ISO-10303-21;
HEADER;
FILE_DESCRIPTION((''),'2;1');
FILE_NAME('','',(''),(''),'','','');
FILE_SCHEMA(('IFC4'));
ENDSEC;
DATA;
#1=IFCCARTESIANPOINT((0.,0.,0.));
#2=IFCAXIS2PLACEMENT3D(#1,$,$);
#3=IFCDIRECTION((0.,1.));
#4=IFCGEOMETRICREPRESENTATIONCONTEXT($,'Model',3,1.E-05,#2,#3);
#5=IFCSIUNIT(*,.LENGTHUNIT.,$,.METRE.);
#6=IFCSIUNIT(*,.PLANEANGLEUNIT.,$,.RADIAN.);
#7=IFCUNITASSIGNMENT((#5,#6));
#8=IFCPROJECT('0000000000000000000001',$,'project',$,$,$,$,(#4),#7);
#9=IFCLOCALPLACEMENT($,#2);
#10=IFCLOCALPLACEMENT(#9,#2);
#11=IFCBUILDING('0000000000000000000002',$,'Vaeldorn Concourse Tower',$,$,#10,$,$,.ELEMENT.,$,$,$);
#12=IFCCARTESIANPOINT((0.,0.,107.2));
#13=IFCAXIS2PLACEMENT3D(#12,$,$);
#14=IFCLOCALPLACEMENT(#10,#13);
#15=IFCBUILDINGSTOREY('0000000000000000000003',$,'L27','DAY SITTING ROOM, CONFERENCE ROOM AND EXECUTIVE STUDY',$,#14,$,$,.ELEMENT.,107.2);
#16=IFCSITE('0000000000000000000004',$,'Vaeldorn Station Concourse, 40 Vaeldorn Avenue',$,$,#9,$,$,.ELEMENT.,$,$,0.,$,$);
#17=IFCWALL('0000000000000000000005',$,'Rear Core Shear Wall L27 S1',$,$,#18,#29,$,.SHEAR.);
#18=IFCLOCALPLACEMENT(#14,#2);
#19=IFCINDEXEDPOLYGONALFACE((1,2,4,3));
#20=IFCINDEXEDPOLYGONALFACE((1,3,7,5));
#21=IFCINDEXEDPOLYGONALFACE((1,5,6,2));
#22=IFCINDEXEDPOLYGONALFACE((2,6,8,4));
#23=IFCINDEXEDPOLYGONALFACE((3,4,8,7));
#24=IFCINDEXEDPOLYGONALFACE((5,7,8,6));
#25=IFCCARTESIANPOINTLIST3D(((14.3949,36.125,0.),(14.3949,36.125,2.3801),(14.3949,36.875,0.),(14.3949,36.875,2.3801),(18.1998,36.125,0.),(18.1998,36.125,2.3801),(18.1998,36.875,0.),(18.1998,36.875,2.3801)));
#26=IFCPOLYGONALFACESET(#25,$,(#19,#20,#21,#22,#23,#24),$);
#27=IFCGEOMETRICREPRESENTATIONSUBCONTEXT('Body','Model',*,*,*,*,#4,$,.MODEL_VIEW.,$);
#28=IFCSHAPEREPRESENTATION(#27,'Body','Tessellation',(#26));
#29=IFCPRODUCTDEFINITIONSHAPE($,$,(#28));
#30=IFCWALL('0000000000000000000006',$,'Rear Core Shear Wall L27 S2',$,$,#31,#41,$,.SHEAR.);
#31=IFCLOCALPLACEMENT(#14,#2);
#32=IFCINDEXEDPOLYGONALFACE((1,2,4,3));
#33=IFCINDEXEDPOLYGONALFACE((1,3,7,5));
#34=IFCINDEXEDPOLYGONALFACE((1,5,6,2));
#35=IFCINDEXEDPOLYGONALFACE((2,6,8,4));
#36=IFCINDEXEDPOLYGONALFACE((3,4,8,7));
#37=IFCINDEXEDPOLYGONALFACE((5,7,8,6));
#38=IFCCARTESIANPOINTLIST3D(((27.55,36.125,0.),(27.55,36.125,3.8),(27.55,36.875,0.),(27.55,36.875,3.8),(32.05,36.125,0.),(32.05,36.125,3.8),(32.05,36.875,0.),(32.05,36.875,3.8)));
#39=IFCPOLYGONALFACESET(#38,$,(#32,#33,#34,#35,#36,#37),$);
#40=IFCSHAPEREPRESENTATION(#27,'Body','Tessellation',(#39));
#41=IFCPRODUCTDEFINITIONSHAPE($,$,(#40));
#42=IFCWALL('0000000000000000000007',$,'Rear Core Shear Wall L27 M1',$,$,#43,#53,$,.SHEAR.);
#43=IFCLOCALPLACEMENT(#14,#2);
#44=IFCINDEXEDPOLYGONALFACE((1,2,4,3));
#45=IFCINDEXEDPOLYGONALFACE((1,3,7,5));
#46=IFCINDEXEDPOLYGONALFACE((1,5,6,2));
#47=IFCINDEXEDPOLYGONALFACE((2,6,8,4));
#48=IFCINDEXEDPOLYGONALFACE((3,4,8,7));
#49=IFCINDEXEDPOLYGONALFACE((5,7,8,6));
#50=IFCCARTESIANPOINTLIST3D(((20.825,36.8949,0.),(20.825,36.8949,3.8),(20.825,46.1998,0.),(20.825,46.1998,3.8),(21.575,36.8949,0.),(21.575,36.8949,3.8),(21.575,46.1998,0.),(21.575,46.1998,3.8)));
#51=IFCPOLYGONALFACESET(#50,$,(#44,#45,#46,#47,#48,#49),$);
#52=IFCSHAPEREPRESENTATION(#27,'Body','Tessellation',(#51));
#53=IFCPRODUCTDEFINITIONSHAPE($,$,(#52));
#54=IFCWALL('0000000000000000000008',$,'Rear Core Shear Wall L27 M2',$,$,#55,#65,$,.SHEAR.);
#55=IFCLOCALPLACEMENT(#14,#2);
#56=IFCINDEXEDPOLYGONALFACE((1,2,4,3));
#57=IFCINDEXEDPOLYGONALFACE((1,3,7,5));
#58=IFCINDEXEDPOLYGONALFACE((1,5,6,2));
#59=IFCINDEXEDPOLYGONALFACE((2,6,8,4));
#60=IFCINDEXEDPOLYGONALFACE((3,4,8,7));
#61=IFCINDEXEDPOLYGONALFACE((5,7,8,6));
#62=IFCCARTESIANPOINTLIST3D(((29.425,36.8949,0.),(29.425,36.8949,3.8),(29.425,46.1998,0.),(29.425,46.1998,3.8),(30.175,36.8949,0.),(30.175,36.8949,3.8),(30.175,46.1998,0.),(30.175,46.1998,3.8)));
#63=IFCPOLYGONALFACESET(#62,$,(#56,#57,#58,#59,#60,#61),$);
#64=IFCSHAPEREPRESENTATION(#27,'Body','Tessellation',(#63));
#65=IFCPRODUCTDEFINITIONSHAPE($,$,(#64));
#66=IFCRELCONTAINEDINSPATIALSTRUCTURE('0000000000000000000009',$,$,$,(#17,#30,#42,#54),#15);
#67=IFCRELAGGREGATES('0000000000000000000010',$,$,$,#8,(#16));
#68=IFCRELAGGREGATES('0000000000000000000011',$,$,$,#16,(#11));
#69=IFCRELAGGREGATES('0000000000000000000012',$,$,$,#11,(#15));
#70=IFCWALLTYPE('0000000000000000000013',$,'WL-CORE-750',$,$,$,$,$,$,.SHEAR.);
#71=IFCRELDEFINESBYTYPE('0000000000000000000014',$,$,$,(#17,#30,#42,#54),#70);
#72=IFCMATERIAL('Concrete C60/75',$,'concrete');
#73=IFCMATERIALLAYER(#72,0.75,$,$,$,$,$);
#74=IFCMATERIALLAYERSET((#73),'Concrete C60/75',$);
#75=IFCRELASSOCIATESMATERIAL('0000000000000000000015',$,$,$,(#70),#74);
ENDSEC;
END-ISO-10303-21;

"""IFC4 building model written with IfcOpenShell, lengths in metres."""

from ifc_helpers import new_model, si_unit, direction, frame, frame_2d, origin, place, context, subcontext, project, spatial, rectangle, extrude, material, layer, layer_set, type_object, element, save


model = new_model("IFC4")

# Units and contexts
model_context = context("Model", 3, precision=1e-05, world=origin(), true_north=direction((0.0, 1.0)))
body_context = subcontext(model_context, "Body", "Model", "MODEL_VIEW")
ifc_project = project(units=[si_unit("LENGTHUNIT", "METRE"), si_unit("PLANEANGLEUNIT", "RADIAN")], contexts=[model_context])

# Site, building, storey
site_placement = place(None, origin())
site = spatial("IfcSite", under=ifc_project, at=site_placement, Name="Vaeldorn Station Concourse, 40 Vaeldorn Avenue", CompositionType="ELEMENT", RefElevation=0.0)
building_placement = place(site_placement, origin())
building = spatial("IfcBuilding", under=site, at=building_placement, Name="Vaeldorn Concourse Tower", CompositionType="ELEMENT")
storey_placement = place(building_placement, frame((0.0, 0.0, 107.2)))
storey = spatial("IfcBuildingStorey", under=building, at=storey_placement, Name="L27", Description="DAY SITTING ROOM, CONFERENCE ROOM AND EXECUTIVE STUDY", CompositionType="ELEMENT", Elevation=107.2)

# Walls
ifc_material_1 = material(Name="Concrete C60/75", Category="concrete")
ifc_layer_1 = layer(ifc_material_1, 0.75)
ifc_layer_set_1 = layer_set([ifc_layer_1], Name="Concrete C60/75")
wall_type_1 = type_object("IfcWallType", Name="WL-CORE-750", PredefinedType="SHEAR", material=ifc_layer_set_1)
wall_1_placement = place(storey_placement, frame((14.395, 36.5, 0.0), z_axis=(0.0, 0.0, 1.0), x_axis=(1.0, 0.0, 0.0)))
element("IfcWall", 1, at=wall_1_placement, inside=storey, type_object=wall_type_1, Name="Rear Core Shear Wall L27 S1", PredefinedType="SHEAR", context=body_context, shape_type="SweptSolid", body=[
    extrude(rectangle(XDim=3.8049, YDim=0.75, at=frame_2d((1.9023, 0.0))), origin(), (0.0, 0.0, 1.0), 2.3801),
])
wall_2_placement = place(storey_placement, frame((27.55, 36.5, 0.0), z_axis=(0.0, 0.0, 1.0), x_axis=(1.0, 0.0, 0.0)))
element("IfcWall", 2, at=wall_2_placement, inside=storey, type_object=wall_type_1, Name="Rear Core Shear Wall L27 S2", PredefinedType="SHEAR", context=body_context, shape_type="SweptSolid", body=[
    extrude(rectangle(XDim=4.5, YDim=0.75, at=frame_2d((2.25, 0.0))), origin(), (0.0, 0.0, 1.0), 3.8),
])
for number, where, z_axis, x_axis, name in (
    (3, (21.2, 36.895, 0.0), (0.0, 0.0, 1.0), (0.0, 1.0, 0.0), "Rear Core Shear Wall L27 M1"),
    (4, (29.8, 36.895, 0.0), (0.0, 0.0, 1.0), (0.0, 1.0, 0.0), "Rear Core Shear Wall L27 M2"),
):
    element("IfcWall", number, at=place(storey_placement, frame(where, z_axis=z_axis, x_axis=x_axis)), inside=storey, type_object=wall_type_1, Name=name, PredefinedType="SHEAR", context=body_context, shape_type="SweptSolid", body=[
        extrude(rectangle(XDim=9.3049, YDim=0.75, at=frame_2d((4.6523, 0.0))), origin(), (0.0, 0.0, 1.0), 3.8),
    ])

save(model, "model.ifc")
